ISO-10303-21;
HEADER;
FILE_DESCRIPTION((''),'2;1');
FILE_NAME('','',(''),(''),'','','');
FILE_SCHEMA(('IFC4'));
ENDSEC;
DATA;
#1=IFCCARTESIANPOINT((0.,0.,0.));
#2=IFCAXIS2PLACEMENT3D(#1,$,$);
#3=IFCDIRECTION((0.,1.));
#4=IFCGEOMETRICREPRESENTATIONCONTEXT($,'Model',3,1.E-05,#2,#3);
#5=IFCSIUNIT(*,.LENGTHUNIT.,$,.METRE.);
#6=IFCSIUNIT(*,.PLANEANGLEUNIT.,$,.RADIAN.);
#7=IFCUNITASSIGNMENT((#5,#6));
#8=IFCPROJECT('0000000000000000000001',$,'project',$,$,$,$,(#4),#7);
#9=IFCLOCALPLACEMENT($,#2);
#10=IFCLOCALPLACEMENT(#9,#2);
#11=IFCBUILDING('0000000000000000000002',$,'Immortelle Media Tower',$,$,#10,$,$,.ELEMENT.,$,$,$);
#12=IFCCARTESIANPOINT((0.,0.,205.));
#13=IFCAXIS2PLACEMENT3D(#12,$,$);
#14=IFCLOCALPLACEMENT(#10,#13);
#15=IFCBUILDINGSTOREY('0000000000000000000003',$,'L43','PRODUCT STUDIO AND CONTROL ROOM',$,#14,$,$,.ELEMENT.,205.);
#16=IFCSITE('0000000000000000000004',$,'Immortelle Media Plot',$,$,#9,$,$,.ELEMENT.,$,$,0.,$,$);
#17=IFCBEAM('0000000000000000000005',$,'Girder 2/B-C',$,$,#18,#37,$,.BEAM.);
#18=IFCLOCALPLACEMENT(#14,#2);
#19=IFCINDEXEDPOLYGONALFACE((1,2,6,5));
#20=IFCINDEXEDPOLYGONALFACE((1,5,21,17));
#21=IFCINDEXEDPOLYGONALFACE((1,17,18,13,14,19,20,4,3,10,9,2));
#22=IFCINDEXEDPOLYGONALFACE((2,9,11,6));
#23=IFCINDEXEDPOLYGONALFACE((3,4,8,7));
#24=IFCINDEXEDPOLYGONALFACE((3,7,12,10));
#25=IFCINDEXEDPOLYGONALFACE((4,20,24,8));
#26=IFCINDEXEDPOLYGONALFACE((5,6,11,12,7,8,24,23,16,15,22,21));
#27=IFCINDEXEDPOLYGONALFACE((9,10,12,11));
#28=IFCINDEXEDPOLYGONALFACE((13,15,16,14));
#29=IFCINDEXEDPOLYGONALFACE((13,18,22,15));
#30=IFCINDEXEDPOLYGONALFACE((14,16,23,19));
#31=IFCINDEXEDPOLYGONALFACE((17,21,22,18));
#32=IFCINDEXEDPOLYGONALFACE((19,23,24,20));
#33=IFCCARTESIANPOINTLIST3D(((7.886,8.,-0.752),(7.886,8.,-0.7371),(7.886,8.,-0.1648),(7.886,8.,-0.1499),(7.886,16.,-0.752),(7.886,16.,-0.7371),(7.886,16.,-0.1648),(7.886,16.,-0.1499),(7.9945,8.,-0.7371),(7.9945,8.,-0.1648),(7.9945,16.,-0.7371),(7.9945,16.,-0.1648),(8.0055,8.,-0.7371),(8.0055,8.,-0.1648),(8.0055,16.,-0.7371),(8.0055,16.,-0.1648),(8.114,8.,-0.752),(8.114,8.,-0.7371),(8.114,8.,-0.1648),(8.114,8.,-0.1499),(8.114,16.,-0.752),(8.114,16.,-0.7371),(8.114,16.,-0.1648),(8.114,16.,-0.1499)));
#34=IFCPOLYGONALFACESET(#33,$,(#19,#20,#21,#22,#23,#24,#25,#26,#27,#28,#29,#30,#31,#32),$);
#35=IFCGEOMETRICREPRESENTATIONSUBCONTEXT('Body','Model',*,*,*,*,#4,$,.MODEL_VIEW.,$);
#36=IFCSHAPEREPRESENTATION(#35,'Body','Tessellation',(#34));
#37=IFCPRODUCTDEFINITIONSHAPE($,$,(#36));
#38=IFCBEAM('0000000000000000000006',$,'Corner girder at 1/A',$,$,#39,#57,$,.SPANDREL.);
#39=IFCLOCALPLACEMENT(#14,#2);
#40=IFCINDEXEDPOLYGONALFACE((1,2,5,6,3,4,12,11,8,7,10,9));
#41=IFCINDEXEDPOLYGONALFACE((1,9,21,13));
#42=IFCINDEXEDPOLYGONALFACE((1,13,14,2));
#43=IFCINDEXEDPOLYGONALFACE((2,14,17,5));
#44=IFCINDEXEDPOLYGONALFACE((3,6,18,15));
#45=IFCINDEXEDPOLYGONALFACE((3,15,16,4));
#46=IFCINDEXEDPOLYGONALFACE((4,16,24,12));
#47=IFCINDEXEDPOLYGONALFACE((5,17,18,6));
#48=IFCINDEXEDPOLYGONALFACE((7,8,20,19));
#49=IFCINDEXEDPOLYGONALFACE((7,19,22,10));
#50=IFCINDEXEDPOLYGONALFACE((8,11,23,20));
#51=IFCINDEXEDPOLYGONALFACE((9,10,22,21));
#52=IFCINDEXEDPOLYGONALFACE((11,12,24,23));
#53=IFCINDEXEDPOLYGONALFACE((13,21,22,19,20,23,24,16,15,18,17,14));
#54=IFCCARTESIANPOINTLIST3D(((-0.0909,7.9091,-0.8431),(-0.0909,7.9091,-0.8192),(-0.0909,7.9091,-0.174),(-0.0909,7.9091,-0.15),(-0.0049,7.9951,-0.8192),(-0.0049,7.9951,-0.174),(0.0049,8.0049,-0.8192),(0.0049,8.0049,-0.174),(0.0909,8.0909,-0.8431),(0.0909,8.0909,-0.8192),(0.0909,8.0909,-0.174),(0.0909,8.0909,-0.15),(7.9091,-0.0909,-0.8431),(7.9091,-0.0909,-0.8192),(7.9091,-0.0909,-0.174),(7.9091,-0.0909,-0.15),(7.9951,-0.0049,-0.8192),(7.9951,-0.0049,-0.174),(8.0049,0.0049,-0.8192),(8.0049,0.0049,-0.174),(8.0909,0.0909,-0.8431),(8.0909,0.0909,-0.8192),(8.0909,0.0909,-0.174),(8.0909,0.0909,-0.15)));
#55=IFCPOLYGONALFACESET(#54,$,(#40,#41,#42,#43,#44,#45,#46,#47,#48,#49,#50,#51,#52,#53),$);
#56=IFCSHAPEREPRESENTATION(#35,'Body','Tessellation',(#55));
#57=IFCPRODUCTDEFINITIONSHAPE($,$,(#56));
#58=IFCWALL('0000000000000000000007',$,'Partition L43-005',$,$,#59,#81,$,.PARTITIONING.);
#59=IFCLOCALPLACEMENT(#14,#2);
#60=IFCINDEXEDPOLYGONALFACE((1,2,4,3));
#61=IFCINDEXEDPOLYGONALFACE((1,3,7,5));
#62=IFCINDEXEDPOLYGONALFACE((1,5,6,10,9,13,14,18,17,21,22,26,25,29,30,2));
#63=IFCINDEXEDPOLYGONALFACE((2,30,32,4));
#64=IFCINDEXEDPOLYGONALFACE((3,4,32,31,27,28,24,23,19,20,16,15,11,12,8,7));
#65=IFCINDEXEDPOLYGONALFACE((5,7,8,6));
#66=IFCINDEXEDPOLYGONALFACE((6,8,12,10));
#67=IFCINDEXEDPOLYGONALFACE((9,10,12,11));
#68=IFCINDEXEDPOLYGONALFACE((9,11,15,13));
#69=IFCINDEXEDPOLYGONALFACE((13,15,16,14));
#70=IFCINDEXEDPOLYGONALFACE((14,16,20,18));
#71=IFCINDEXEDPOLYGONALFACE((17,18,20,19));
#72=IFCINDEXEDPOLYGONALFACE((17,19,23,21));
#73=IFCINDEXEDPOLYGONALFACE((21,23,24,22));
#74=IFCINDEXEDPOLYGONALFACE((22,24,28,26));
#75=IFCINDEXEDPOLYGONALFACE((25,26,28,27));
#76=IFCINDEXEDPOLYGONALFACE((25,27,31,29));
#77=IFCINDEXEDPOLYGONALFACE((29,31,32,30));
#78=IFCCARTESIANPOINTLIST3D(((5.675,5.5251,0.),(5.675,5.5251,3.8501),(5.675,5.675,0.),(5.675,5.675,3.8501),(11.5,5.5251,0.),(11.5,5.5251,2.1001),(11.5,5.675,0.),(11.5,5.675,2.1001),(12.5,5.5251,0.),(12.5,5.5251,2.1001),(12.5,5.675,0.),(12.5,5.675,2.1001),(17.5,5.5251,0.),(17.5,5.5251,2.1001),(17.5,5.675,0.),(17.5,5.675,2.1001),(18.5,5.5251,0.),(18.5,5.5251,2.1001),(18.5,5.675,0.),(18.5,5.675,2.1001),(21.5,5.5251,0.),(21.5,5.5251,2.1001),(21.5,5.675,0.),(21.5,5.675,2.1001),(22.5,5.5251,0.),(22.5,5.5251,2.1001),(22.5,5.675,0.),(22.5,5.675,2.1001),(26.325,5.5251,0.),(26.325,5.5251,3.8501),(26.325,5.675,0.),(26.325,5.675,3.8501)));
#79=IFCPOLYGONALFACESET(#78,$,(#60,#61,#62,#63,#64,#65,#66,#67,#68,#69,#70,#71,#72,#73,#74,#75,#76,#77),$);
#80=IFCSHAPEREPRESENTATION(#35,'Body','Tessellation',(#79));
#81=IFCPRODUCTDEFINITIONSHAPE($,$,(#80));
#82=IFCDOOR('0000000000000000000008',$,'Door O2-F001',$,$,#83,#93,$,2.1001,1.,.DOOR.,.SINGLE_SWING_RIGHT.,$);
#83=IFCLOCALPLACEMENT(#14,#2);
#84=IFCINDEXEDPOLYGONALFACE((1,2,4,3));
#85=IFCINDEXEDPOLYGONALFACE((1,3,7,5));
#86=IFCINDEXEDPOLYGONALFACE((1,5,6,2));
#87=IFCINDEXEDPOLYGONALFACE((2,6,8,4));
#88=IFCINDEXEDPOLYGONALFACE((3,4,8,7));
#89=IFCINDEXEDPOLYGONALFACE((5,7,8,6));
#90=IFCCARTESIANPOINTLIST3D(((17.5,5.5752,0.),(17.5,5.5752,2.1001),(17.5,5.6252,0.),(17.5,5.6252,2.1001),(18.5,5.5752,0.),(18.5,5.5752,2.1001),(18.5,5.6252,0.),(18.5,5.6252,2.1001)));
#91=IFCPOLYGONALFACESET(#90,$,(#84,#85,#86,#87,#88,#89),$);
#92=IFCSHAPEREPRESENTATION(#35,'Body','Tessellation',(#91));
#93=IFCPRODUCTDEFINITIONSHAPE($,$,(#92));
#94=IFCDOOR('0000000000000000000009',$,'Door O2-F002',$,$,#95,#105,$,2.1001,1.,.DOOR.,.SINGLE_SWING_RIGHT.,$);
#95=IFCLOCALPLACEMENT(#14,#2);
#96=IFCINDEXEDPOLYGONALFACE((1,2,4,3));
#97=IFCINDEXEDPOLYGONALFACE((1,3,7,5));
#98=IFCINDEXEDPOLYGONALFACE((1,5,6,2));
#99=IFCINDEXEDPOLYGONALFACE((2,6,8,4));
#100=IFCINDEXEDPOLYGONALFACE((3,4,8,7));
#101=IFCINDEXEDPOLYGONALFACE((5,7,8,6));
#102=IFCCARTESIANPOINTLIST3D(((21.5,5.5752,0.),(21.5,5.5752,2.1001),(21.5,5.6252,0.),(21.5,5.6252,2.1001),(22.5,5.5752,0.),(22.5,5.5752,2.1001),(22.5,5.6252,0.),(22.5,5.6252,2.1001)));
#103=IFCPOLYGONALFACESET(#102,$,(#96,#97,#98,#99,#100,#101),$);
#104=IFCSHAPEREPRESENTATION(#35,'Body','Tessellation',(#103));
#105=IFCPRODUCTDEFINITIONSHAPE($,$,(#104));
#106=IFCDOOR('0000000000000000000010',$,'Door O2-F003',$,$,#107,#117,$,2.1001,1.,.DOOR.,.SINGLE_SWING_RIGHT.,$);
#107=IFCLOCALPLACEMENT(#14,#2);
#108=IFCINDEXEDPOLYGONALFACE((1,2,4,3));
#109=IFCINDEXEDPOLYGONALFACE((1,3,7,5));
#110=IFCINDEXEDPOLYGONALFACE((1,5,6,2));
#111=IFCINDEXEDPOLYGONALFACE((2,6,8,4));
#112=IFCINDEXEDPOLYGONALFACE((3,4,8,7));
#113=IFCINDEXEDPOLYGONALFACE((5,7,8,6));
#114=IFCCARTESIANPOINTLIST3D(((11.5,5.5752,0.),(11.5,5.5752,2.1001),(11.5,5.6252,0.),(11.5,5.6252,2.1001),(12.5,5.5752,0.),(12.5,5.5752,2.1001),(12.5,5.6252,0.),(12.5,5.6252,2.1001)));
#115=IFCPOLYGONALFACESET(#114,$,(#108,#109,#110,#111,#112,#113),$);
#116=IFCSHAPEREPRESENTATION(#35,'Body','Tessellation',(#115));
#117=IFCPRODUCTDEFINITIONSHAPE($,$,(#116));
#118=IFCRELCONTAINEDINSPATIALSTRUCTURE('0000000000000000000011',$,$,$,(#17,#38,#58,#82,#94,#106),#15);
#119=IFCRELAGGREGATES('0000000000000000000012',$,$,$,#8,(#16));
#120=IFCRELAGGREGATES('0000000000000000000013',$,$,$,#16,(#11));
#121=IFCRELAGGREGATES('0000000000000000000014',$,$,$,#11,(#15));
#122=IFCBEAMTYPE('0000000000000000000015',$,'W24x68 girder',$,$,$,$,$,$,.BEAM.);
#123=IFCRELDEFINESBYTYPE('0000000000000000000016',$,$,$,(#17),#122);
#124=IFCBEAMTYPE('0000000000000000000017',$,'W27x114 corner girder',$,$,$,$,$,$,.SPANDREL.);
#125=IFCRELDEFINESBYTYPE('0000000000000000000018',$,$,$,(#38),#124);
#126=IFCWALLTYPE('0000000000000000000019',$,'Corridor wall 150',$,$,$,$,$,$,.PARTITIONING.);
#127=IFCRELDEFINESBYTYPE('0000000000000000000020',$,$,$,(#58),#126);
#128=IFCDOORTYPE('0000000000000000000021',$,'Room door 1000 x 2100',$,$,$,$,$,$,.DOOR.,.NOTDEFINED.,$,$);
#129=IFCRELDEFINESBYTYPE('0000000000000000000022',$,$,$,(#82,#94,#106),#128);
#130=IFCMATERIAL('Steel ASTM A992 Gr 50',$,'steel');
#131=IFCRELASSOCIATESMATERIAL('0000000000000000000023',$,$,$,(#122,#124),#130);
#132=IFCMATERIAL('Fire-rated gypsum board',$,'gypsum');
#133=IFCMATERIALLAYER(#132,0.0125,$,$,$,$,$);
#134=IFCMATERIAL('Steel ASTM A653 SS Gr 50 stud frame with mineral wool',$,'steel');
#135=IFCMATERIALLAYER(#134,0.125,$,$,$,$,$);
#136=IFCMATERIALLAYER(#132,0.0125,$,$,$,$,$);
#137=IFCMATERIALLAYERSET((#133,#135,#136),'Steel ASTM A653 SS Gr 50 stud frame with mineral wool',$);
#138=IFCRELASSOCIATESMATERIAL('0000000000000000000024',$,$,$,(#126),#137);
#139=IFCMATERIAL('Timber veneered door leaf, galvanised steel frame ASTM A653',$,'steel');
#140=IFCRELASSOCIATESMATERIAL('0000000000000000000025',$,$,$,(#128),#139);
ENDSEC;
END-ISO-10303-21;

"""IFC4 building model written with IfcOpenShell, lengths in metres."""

from ifc_helpers import new_model, si_unit, direction, frame, frame_2d, origin, origin_2d, place, context, subcontext, project, spatial, rectangle, i_section, extrude, material, layer, layer_set, material_profile, profile_set, type_object, element, fill, save


model = new_model("IFC4")

# Units and contexts
model_context = context("Model", 3, precision=1e-05, world=origin(), true_north=direction((0.0, 1.0)))
body_context = subcontext(model_context, "Body", "Model", "MODEL_VIEW")
ifc_project = project(units=[si_unit("LENGTHUNIT", "METRE"), si_unit("PLANEANGLEUNIT", "RADIAN")], contexts=[model_context])

# Site, building, storey
site_placement = place(None, origin())
site = spatial("IfcSite", under=ifc_project, at=site_placement, Name="Immortelle Media Plot", CompositionType="ELEMENT", RefElevation=0.0)
building_placement = place(site_placement, origin())
building = spatial("IfcBuilding", under=site, at=building_placement, Name="Immortelle Media Tower", CompositionType="ELEMENT")
storey_placement = place(building_placement, frame((0.0, 0.0, 205.0)))
storey = spatial("IfcBuildingStorey", under=building, at=storey_placement, Name="L43", Description="PRODUCT STUDIO AND CONTROL ROOM", CompositionType="ELEMENT", Elevation=205.0)

# Shared definitions
ifc_material_1 = material(Name="Steel ASTM A992 Gr 50", Category="steel")

# Beams
ifc_material_profile_1 = material_profile(ifc_material_1, i_section(OverallWidth=0.228, OverallDepth=0.6021, WebThickness=0.011, FlangeThickness=0.0149, at=origin_2d()), Name="W24x68")
ifc_profile_set_1 = profile_set([ifc_material_profile_1], Name="Steel ASTM A992 Gr 50")
beam_type_1 = type_object("IfcBeamType", Name="W24x68 girder", PredefinedType="BEAM", material=ifc_profile_set_1)
for number, where, z_axis, x_axis, name in (
    (1, (8.0, 8.0, -0.4509), (0.0, 1.0, 0.0), (-1.0, 0.0, 0.0), "Girder 2/B-C"),
):
    element("IfcBeam", number, at=place(storey_placement, frame(where, z_axis=z_axis, x_axis=x_axis)), inside=storey, type_object=beam_type_1, Name=name, PredefinedType="BEAM", context=body_context, shape_type="SweptSolid", body=[
        extrude(i_section(OverallWidth=0.228, OverallDepth=0.6021, WebThickness=0.011, FlangeThickness=0.0149, at=origin_2d()), origin(), (0.0, 0.0, 1.0), 8.0),
    ])
ifc_material_profile_2 = material_profile(ifc_material_1, i_section(OverallWidth=0.2571, OverallDepth=0.6931, WebThickness=0.0139, FlangeThickness=0.0239, at=origin_2d()), Name="W27x114")
ifc_profile_set_2 = profile_set([ifc_material_profile_2], Name="Steel ASTM A992 Gr 50")
beam_type_2 = type_object("IfcBeamType", Name="W27x114 corner girder", PredefinedType="SPANDREL", material=ifc_profile_set_2)
beam_1_placement = place(storey_placement, frame((8.0, 0.0, -0.4966), z_axis=(-0.707107, 0.707107, 0.0), x_axis=(-0.707107, -0.707107, 0.0)))
element("IfcBeam", 2, at=beam_1_placement, inside=storey, type_object=beam_type_2, Name="Corner girder at 1/A", PredefinedType="SPANDREL", context=body_context, shape_type="SweptSolid", body=[
    extrude(i_section(OverallWidth=0.2571, OverallDepth=0.6931, WebThickness=0.0139, FlangeThickness=0.0239, at=origin_2d()), origin(), (0.0, 0.0, 1.0), 11.3137),
])

# Wall, openings, doors
ifc_material_2 = material(Name="Fire-rated gypsum board", Category="gypsum")
ifc_layer_1 = layer(ifc_material_2, 0.0125)
ifc_material_3 = material(Name="Steel ASTM A653 SS Gr 50 stud frame with mineral wool", Category="steel")
ifc_layer_2 = layer(ifc_material_3, 0.125)
ifc_layer_3 = layer(ifc_material_2, 0.0125)
ifc_layer_set_1 = layer_set([ifc_layer_1, ifc_layer_2, ifc_layer_3], Name="Steel ASTM A653 SS Gr 50 stud frame with mineral wool")
wall_type_1 = type_object("IfcWallType", Name="Corridor wall 150", PredefinedType="PARTITIONING", material=ifc_layer_set_1)
wall_1_placement = place(storey_placement, frame((5.675, 5.6001, 0.0), z_axis=(0.0, 0.0, 1.0), x_axis=(1.0, 0.0, 0.0)))
wall_1 = element("IfcWall", 3, at=wall_1_placement, inside=storey, type_object=wall_type_1, Name="Partition L43-005", PredefinedType="PARTITIONING", context=body_context, shape_type="SweptSolid", body=[
    extrude(rectangle(XDim=20.6499, YDim=0.1499, at=frame_2d((10.325, 0.0))), origin(), (0.0, 0.0, 1.0), 3.8501),
])
opening_1_placement = place(wall_1_placement, frame((12.825, 0.0, 0.0), z_axis=(0.0, 0.0, 1.0), x_axis=(-1.0, 0.0, 0.0)))
opening_1 = element("IfcOpeningElement", 4, at=opening_1_placement, cuts=wall_1, PredefinedType="OPENING", context=body_context, shape_type="SweptSolid", body=[
    extrude(rectangle(XDim=1.0, YDim=2.1001, at=frame_2d((0.5, 1.05))), frame((0.0, 0.085, 0.0), z_axis=(0.0, -1.0, 0.0), x_axis=(1.0, 0.0, 0.0)), (0.0, 0.0, 1.0), 0.1699),
])
opening_2_placement = place(wall_1_placement, frame((16.825, 0.0, 0.0), z_axis=(0.0, 0.0, 1.0), x_axis=(-1.0, 0.0, 0.0)))
opening_2 = element("IfcOpeningElement", 5, at=opening_2_placement, cuts=wall_1, PredefinedType="OPENING", context=body_context, shape_type="SweptSolid", body=[
    extrude(rectangle(XDim=1.0, YDim=2.1001, at=frame_2d((0.5, 1.05))), frame((0.0, 0.085, 0.0), z_axis=(0.0, -1.0, 0.0), x_axis=(1.0, 0.0, 0.0)), (0.0, 0.0, 1.0), 0.1699),
])
opening_3_placement = place(wall_1_placement, frame((6.825, 0.0, 0.0), z_axis=(0.0, 0.0, 1.0), x_axis=(-1.0, 0.0, 0.0)))
opening_3 = element("IfcOpeningElement", 6, at=opening_3_placement, cuts=wall_1, PredefinedType="OPENING", context=body_context, shape_type="SweptSolid", body=[
    extrude(rectangle(XDim=1.0, YDim=2.1001, at=frame_2d((0.5, 1.05))), frame((0.0, 0.085, 0.0), z_axis=(0.0, -1.0, 0.0), x_axis=(1.0, 0.0, 0.0)), (0.0, 0.0, 1.0), 0.1699),
])
ifc_material_4 = material(Name="Timber veneered door leaf, galvanised steel frame ASTM A653", Category="steel")
door_type = type_object("IfcDoorType", Name="Room door 1000 x 2100", OperationType="NOTDEFINED", PredefinedType="DOOR", material=ifc_material_4)
door_1_placement = place(opening_1_placement, origin())
door_1 = element("IfcDoor", 7, at=door_1_placement, inside=storey, type_object=door_type, Name="Door O2-F001", OperationType="SINGLE_SWING_RIGHT", OverallHeight=2.1001, OverallWidth=1.0, PredefinedType="DOOR", context=body_context, shape_type="SweptSolid", body=[
    extrude(rectangle(XDim=1.0, YDim=2.1001, at=frame_2d((0.5, 1.05))), frame((0.0, 0.0249, 0.0), z_axis=(0.0, -1.0, 0.0), x_axis=(1.0, 0.0, 0.0)), (0.0, 0.0, 1.0), 0.05),
])
fill(opening_1, door_1)
door_2_placement = place(opening_2_placement, origin())
door_2 = element("IfcDoor", 8, at=door_2_placement, inside=storey, type_object=door_type, Name="Door O2-F002", OperationType="SINGLE_SWING_RIGHT", OverallHeight=2.1001, OverallWidth=1.0, PredefinedType="DOOR", context=body_context, shape_type="SweptSolid", body=[
    extrude(rectangle(XDim=1.0, YDim=2.1001, at=frame_2d((0.5, 1.05))), frame((0.0, 0.0249, 0.0), z_axis=(0.0, -1.0, 0.0), x_axis=(1.0, 0.0, 0.0)), (0.0, 0.0, 1.0), 0.05),
])
fill(opening_2, door_2)
door_3_placement = place(opening_3_placement, origin())
door_3 = element("IfcDoor", 9, at=door_3_placement, inside=storey, type_object=door_type, Name="Door O2-F003", OperationType="SINGLE_SWING_RIGHT", OverallHeight=2.1001, OverallWidth=1.0, PredefinedType="DOOR", context=body_context, shape_type="SweptSolid", body=[
    extrude(rectangle(XDim=1.0, YDim=2.1001, at=frame_2d((0.5, 1.05))), frame((0.0, 0.0249, 0.0), z_axis=(0.0, -1.0, 0.0), x_axis=(1.0, 0.0, 0.0)), (0.0, 0.0, 1.0), 0.05),
])
fill(opening_3, door_3)

save(model, "model.ifc")
